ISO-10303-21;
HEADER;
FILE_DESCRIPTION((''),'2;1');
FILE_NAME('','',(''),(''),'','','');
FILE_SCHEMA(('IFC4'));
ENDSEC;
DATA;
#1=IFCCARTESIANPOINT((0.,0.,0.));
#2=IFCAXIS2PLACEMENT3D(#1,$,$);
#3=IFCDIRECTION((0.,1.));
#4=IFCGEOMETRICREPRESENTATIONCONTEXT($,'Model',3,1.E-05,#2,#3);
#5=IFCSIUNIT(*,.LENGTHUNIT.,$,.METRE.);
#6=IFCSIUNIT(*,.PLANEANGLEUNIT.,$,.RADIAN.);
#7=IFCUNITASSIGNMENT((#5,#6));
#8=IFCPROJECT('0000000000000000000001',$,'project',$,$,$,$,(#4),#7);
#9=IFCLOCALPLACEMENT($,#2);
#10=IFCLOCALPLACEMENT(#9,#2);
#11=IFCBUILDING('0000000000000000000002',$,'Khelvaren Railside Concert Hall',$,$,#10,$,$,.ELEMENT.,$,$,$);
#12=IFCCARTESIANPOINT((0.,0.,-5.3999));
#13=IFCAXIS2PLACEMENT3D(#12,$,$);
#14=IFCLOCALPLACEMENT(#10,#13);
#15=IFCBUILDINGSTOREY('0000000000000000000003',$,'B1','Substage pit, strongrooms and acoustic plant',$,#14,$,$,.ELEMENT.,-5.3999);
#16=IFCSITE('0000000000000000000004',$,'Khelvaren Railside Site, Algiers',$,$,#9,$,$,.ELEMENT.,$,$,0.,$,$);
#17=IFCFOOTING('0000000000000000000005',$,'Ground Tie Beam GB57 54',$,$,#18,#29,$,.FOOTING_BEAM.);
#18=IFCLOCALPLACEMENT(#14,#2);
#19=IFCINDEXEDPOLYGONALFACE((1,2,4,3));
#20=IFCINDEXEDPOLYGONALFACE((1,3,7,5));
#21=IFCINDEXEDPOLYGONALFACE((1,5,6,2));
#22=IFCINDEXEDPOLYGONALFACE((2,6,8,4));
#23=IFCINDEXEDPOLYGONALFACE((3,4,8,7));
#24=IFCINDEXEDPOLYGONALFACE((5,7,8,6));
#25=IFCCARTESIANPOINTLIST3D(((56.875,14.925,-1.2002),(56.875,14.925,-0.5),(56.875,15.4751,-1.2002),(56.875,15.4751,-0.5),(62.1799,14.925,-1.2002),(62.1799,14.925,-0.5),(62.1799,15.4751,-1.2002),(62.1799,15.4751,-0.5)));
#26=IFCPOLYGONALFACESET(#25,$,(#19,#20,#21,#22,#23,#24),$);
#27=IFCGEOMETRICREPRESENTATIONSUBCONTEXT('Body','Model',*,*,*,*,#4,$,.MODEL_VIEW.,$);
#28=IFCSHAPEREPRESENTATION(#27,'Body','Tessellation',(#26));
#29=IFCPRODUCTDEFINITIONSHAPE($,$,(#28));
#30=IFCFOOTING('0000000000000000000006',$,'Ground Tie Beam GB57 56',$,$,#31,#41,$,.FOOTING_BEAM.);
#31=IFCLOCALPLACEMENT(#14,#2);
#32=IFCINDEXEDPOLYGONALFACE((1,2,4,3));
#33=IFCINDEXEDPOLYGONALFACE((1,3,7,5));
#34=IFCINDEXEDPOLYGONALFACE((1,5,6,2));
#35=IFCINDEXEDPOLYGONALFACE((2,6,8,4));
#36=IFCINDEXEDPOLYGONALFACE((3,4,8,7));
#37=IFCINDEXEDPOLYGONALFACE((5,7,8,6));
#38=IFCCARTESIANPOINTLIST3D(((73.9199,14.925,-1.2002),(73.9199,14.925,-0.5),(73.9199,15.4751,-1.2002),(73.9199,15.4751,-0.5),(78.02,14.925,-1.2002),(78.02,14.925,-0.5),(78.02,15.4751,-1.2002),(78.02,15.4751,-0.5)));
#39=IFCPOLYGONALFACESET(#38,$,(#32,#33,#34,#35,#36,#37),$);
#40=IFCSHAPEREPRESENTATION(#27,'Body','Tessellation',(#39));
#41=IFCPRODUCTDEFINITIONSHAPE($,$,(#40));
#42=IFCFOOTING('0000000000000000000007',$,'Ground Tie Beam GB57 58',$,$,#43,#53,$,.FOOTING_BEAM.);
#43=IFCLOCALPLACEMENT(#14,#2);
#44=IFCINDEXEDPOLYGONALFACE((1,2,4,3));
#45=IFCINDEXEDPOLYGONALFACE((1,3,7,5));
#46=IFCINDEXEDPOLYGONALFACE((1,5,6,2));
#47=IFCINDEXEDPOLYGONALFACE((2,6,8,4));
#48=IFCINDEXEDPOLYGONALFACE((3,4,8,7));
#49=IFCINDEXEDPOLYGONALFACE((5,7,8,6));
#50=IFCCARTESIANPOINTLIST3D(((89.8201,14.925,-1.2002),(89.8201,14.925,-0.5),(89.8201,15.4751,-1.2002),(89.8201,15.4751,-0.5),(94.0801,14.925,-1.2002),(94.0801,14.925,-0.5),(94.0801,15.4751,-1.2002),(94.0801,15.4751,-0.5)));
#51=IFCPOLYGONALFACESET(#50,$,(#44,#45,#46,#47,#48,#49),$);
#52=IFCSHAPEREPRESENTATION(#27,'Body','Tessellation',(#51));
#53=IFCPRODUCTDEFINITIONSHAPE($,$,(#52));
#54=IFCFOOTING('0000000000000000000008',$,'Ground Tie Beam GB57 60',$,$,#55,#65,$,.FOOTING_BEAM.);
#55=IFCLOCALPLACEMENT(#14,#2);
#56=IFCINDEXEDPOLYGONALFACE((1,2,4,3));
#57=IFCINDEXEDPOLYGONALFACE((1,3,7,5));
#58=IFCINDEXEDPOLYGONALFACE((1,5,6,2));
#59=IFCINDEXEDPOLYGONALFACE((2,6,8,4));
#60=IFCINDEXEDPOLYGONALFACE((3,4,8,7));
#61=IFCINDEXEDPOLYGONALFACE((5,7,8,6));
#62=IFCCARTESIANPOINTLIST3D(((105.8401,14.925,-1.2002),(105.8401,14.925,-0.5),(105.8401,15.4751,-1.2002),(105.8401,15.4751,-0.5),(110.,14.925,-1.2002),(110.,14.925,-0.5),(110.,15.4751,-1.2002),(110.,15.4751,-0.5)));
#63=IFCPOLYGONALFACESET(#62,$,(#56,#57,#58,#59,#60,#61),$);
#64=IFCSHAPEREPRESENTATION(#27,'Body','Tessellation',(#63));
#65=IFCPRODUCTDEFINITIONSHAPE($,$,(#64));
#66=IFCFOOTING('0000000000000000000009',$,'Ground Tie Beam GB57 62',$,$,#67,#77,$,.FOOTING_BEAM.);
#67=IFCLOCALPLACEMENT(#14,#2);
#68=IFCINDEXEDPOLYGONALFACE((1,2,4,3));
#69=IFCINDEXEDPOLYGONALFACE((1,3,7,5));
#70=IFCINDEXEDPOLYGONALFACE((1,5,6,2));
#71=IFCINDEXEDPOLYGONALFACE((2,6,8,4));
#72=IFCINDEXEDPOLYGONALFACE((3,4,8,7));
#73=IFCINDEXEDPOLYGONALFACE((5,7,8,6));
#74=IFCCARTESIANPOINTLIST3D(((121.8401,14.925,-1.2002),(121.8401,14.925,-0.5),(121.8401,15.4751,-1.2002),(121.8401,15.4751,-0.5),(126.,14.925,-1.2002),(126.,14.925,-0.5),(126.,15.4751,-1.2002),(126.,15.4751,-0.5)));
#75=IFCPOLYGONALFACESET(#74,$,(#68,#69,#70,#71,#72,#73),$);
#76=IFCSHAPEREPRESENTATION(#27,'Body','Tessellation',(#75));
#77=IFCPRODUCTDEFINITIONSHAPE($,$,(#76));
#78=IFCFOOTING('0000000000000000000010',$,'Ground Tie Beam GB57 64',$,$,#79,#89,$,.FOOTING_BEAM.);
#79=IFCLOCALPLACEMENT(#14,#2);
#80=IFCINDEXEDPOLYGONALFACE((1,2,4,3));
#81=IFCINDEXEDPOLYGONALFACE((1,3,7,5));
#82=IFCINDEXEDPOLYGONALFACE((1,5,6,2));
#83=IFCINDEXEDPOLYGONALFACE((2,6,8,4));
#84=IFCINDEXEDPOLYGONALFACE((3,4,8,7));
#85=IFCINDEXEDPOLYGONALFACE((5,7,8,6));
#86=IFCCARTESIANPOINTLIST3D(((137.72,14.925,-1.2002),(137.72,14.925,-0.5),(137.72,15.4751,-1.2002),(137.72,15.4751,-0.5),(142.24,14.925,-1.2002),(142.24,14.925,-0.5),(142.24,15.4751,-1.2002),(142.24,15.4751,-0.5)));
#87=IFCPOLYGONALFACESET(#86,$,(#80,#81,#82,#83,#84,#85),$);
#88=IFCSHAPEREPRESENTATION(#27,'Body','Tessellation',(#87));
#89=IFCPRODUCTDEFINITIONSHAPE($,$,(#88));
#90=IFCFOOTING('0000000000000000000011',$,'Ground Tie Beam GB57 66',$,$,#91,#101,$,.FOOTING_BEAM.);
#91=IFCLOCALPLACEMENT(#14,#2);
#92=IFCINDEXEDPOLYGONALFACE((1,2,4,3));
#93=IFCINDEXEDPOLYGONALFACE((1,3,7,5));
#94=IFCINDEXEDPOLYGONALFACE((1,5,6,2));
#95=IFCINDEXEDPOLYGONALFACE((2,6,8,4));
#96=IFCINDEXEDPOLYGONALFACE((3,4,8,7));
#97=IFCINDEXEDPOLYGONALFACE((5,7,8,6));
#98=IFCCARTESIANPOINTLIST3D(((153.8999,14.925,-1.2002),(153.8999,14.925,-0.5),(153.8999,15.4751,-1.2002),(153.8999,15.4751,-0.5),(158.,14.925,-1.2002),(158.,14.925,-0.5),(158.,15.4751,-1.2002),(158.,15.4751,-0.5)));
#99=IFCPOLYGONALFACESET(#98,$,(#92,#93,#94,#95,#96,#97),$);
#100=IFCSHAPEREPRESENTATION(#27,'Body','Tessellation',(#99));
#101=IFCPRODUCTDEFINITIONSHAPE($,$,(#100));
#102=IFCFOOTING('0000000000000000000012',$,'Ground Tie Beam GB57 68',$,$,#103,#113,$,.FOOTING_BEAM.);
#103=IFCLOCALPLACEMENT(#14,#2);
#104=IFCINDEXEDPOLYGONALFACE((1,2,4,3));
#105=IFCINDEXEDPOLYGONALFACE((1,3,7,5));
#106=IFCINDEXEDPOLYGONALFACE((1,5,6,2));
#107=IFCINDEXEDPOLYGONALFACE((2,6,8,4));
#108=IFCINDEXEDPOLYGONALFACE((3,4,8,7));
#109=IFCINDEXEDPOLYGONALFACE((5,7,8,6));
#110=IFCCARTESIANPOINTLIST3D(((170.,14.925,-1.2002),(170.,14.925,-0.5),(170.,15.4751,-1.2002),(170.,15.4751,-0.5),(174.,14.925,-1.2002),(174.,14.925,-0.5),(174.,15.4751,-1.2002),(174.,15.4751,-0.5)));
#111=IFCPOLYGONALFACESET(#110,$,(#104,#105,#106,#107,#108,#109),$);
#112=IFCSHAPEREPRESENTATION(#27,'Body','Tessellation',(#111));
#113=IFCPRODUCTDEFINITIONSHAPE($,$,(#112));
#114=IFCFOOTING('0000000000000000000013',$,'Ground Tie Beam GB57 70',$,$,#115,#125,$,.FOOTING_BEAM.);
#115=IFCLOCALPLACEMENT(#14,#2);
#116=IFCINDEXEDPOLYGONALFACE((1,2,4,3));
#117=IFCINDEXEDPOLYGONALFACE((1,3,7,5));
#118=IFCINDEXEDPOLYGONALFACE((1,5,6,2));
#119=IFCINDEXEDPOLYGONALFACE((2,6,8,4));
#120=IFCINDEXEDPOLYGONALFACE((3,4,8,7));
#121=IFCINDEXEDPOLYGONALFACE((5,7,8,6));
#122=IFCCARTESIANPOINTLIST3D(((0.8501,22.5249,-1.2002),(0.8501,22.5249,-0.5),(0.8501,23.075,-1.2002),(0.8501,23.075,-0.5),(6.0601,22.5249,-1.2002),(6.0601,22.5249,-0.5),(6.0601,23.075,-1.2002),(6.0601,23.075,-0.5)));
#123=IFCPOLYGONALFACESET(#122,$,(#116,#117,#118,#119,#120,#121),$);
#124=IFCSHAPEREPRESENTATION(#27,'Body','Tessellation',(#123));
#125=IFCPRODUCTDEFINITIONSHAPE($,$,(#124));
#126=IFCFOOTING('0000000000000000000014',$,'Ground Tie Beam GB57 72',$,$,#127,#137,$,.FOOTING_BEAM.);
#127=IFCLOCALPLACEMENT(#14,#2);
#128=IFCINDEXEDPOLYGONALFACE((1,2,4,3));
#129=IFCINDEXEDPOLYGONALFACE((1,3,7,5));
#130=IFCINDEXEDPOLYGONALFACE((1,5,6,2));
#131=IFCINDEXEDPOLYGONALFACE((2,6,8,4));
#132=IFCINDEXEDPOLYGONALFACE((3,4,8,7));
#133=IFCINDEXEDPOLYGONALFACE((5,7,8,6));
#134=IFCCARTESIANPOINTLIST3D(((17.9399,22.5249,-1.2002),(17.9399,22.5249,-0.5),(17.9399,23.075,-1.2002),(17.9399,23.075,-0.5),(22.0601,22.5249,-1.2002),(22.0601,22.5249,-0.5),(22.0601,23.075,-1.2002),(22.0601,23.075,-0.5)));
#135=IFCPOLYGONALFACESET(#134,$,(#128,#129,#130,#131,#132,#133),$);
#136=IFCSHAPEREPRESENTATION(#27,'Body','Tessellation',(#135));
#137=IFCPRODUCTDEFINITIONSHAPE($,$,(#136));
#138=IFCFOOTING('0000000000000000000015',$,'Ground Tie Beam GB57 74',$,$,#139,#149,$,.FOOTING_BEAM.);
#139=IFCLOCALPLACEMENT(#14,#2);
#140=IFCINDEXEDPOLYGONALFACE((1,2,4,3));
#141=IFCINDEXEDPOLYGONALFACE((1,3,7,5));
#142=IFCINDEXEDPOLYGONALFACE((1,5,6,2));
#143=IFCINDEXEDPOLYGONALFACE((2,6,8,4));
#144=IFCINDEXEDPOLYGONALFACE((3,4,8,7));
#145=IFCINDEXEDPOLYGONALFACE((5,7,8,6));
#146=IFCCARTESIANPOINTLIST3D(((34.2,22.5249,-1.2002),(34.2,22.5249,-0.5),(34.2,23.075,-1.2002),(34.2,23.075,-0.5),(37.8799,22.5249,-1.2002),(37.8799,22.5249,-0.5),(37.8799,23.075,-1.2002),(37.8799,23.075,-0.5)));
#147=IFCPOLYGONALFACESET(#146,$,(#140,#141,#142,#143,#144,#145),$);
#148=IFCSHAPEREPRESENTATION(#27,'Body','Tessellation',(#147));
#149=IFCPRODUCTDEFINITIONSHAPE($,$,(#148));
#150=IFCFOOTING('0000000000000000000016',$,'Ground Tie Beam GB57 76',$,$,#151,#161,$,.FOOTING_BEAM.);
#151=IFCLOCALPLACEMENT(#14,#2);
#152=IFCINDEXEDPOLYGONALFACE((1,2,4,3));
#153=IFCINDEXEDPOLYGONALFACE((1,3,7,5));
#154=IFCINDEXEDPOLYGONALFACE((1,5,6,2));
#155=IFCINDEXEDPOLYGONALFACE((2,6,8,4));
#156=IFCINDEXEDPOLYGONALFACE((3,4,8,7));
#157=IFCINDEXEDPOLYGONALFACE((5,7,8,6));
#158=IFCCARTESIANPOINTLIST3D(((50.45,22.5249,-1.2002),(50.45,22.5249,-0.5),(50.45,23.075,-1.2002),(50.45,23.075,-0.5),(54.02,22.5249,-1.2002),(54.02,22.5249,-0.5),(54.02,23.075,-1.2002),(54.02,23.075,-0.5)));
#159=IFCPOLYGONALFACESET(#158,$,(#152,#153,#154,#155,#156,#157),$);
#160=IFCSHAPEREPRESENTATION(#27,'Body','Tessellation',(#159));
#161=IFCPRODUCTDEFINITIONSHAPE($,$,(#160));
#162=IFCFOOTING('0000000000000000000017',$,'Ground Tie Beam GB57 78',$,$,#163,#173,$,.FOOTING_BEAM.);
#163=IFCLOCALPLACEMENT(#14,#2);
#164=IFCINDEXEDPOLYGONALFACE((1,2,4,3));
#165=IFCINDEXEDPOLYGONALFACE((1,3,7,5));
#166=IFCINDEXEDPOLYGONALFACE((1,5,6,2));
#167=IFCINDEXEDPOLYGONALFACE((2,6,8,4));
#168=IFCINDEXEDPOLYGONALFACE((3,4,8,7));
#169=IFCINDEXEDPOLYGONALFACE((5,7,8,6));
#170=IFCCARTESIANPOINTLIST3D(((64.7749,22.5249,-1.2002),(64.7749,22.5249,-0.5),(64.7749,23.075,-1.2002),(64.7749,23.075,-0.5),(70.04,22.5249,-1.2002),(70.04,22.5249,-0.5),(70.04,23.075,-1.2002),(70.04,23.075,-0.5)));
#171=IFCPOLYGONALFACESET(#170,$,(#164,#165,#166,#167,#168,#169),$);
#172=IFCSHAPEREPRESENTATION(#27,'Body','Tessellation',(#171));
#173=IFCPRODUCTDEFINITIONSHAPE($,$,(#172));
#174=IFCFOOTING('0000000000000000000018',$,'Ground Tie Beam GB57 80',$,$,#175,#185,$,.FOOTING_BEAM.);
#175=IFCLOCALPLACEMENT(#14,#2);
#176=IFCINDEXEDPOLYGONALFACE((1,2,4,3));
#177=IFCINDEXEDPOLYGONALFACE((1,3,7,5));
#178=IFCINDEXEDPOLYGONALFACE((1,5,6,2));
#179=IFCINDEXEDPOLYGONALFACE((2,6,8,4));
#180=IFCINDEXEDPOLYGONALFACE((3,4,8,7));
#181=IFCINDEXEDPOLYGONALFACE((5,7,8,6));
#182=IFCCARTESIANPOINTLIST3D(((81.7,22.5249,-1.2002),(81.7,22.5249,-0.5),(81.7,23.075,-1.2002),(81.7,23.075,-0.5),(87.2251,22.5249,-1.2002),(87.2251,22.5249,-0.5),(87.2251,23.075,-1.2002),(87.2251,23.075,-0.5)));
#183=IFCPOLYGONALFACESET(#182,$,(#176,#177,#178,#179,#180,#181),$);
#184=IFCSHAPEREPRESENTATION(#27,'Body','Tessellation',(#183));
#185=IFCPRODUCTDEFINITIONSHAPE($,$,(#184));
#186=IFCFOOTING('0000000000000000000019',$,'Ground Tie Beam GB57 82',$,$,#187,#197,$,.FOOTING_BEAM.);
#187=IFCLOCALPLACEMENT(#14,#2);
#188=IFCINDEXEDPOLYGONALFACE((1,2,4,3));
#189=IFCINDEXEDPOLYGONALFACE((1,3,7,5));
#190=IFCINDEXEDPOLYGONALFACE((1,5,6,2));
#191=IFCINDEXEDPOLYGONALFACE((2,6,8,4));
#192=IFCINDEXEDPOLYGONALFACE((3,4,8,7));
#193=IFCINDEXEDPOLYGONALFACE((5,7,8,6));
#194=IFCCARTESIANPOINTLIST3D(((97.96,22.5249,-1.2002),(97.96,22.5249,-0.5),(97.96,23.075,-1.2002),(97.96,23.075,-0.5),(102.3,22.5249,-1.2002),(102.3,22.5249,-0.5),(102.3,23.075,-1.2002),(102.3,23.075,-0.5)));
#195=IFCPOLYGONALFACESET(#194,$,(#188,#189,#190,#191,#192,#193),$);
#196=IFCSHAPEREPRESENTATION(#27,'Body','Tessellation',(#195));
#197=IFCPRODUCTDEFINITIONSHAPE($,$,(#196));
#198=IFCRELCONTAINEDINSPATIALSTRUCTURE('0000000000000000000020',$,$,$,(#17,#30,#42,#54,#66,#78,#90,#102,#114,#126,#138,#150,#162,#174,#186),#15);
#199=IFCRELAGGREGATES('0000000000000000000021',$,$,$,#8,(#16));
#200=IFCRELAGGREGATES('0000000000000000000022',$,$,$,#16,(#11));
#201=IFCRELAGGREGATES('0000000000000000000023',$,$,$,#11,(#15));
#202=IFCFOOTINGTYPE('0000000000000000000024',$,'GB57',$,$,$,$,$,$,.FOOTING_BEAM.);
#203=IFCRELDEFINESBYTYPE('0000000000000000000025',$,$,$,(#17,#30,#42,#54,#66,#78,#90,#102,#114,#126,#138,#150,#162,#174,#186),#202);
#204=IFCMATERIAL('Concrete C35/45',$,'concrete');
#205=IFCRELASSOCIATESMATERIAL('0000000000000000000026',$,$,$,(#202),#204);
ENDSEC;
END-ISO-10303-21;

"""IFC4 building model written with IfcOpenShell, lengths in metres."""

from ifc_helpers import new_model, si_unit, direction, frame, origin, place, context, subcontext, project, spatial, polyline, outline, extrude, material, type_object, element, save


model = new_model("IFC4")

# Units and contexts
model_context = context("Model", 3, precision=1e-05, world=origin(), true_north=direction((0.0, 1.0)))
body_context = subcontext(model_context, "Body", "Model", "MODEL_VIEW")
ifc_project = project(units=[si_unit("LENGTHUNIT", "METRE"), si_unit("PLANEANGLEUNIT", "RADIAN")], contexts=[model_context])

# Site, building, storey
site_placement = place(None, origin())
site = spatial("IfcSite", under=ifc_project, at=site_placement, Name="Khelvaren Railside Site, Algiers", CompositionType="ELEMENT", RefElevation=0.0)
building_placement = place(site_placement, origin())
building = spatial("IfcBuilding", under=site, at=building_placement, Name="Khelvaren Railside Concert Hall", CompositionType="ELEMENT")
storey_placement = place(building_placement, frame((0.0, 0.0, -5.3999)))
storey = spatial("IfcBuildingStorey", under=building, at=storey_placement, Name="B1", Description="Substage pit, strongrooms and acoustic plant", CompositionType="ELEMENT", Elevation=-5.3999)

# Footings
ifc_material = material(Name="Concrete C35/45", Category="concrete")
footing_type = type_object("IfcFootingType", Name="GB57", PredefinedType="FOOTING_BEAM", material=ifc_material)
footing_1_placement = place(storey_placement, frame((0.0, 0.0, -1.2002)))
element("IfcFooting", 1, at=footing_1_placement, inside=storey, type_object=footing_type, Name="Ground Tie Beam GB57 54", PredefinedType="FOOTING_BEAM", context=body_context, shape_type="SweptSolid", body=[
    extrude(outline(polyline([(56.875, 14.925), (62.1799, 14.925), (62.1799, 15.4751), (56.875, 15.4751), (56.875, 14.925)])), origin(), (0.0, 0.0, 1.0), 0.7002),
])
footing_2_placement = place(storey_placement, frame((0.0, 0.0, -1.2002)))
element("IfcFooting", 2, at=footing_2_placement, inside=storey, type_object=footing_type, Name="Ground Tie Beam GB57 56", PredefinedType="FOOTING_BEAM", context=body_context, shape_type="SweptSolid", body=[
    extrude(outline(polyline([(73.9199, 14.925), (78.02, 14.925), (78.02, 15.4751), (73.9199, 15.4751), (73.9199, 14.925)])), origin(), (0.0, 0.0, 1.0), 0.7002),
])
footing_3_placement = place(storey_placement, frame((0.0, 0.0, -1.2002)))
element("IfcFooting", 3, at=footing_3_placement, inside=storey, type_object=footing_type, Name="Ground Tie Beam GB57 58", PredefinedType="FOOTING_BEAM", context=body_context, shape_type="SweptSolid", body=[
    extrude(outline(polyline([(89.8201, 14.925), (94.0801, 14.925), (94.0801, 15.4751), (89.8201, 15.4751), (89.8201, 14.925)])), origin(), (0.0, 0.0, 1.0), 0.7002),
])
footing_4_placement = place(storey_placement, frame((0.0, 0.0, -1.2002)))
element("IfcFooting", 4, at=footing_4_placement, inside=storey, type_object=footing_type, Name="Ground Tie Beam GB57 60", PredefinedType="FOOTING_BEAM", context=body_context, shape_type="SweptSolid", body=[
    extrude(outline(polyline([(105.8401, 14.925), (110.0, 14.925), (110.0, 15.4751), (105.8401, 15.4751), (105.8401, 14.925)])), origin(), (0.0, 0.0, 1.0), 0.7002),
])
footing_5_placement = place(storey_placement, frame((0.0, 0.0, -1.2002)))
element("IfcFooting", 5, at=footing_5_placement, inside=storey, type_object=footing_type, Name="Ground Tie Beam GB57 62", PredefinedType="FOOTING_BEAM", context=body_context, shape_type="SweptSolid", body=[
    extrude(outline(polyline([(121.8401, 14.925), (126.0, 14.925), (126.0, 15.4751), (121.8401, 15.4751), (121.8401, 14.925)])), origin(), (0.0, 0.0, 1.0), 0.7002),
])
footing_6_placement = place(storey_placement, frame((0.0, 0.0, -1.2002)))
element("IfcFooting", 6, at=footing_6_placement, inside=storey, type_object=footing_type, Name="Ground Tie Beam GB57 64", PredefinedType="FOOTING_BEAM", context=body_context, shape_type="SweptSolid", body=[
    extrude(outline(polyline([(137.72, 14.925), (142.24, 14.925), (142.24, 15.4751), (137.72, 15.4751), (137.72, 14.925)])), origin(), (0.0, 0.0, 1.0), 0.7002),
])
footing_7_placement = place(storey_placement, frame((0.0, 0.0, -1.2002)))
element("IfcFooting", 7, at=footing_7_placement, inside=storey, type_object=footing_type, Name="Ground Tie Beam GB57 66", PredefinedType="FOOTING_BEAM", context=body_context, shape_type="SweptSolid", body=[
    extrude(outline(polyline([(153.8999, 14.925), (158.0, 14.925), (158.0, 15.4751), (153.8999, 15.4751), (153.8999, 14.925)])), origin(), (0.0, 0.0, 1.0), 0.7002),
])
footing_8_placement = place(storey_placement, frame((0.0, 0.0, -1.2002)))
element("IfcFooting", 8, at=footing_8_placement, inside=storey, type_object=footing_type, Name="Ground Tie Beam GB57 68", PredefinedType="FOOTING_BEAM", context=body_context, shape_type="SweptSolid", body=[
    extrude(outline(polyline([(170.0, 14.925), (174.0, 14.925), (174.0, 15.4751), (170.0, 15.4751), (170.0, 14.925)])), origin(), (0.0, 0.0, 1.0), 0.7002),
])
footing_9_placement = place(storey_placement, frame((0.0, 0.0, -1.2002)))
element("IfcFooting", 9, at=footing_9_placement, inside=storey, type_object=footing_type, Name="Ground Tie Beam GB57 70", PredefinedType="FOOTING_BEAM", context=body_context, shape_type="SweptSolid", body=[
    extrude(outline(polyline([(0.8501, 22.5249), (6.0601, 22.5249), (6.0601, 23.075), (0.8501, 23.075), (0.8501, 22.5249)])), origin(), (0.0, 0.0, 1.0), 0.7002),
])
footing_10_placement = place(storey_placement, frame((0.0, 0.0, -1.2002)))
element("IfcFooting", 10, at=footing_10_placement, inside=storey, type_object=footing_type, Name="Ground Tie Beam GB57 72", PredefinedType="FOOTING_BEAM", context=body_context, shape_type="SweptSolid", body=[
    extrude(outline(polyline([(17.9399, 22.5249), (22.0601, 22.5249), (22.0601, 23.075), (17.9399, 23.075), (17.9399, 22.5249)])), origin(), (0.0, 0.0, 1.0), 0.7002),
])
footing_11_placement = place(storey_placement, frame((0.0, 0.0, -1.2002)))
element("IfcFooting", 11, at=footing_11_placement, inside=storey, type_object=footing_type, Name="Ground Tie Beam GB57 74", PredefinedType="FOOTING_BEAM", context=body_context, shape_type="SweptSolid", body=[
    extrude(outline(polyline([(34.2, 22.5249), (37.8799, 22.5249), (37.8799, 23.075), (34.2, 23.075), (34.2, 22.5249)])), origin(), (0.0, 0.0, 1.0), 0.7002),
])
footing_12_placement = place(storey_placement, frame((0.0, 0.0, -1.2002)))
element("IfcFooting", 12, at=footing_12_placement, inside=storey, type_object=footing_type, Name="Ground Tie Beam GB57 76", PredefinedType="FOOTING_BEAM", context=body_context, shape_type="SweptSolid", body=[
    extrude(outline(polyline([(50.45, 22.5249), (54.02, 22.5249), (54.02, 23.075), (50.45, 23.075), (50.45, 22.5249)])), origin(), (0.0, 0.0, 1.0), 0.7002),
])
footing_13_placement = place(storey_placement, frame((0.0, 0.0, -1.2002)))
element("IfcFooting", 13, at=footing_13_placement, inside=storey, type_object=footing_type, Name="Ground Tie Beam GB57 78", PredefinedType="FOOTING_BEAM", context=body_context, shape_type="SweptSolid", body=[
    extrude(outline(polyline([(64.7749, 22.5249), (70.04, 22.5249), (70.04, 23.075), (64.7749, 23.075), (64.7749, 22.5249)])), origin(), (0.0, 0.0, 1.0), 0.7002),
])
footing_14_placement = place(storey_placement, frame((0.0, 0.0, -1.2002)))
element("IfcFooting", 14, at=footing_14_placement, inside=storey, type_object=footing_type, Name="Ground Tie Beam GB57 80", PredefinedType="FOOTING_BEAM", context=body_context, shape_type="SweptSolid", body=[
    extrude(outline(polyline([(81.7, 22.5249), (87.2251, 22.5249), (87.2251, 23.075), (81.7, 23.075), (81.7, 22.5249)])), origin(), (0.0, 0.0, 1.0), 0.7002),
])
footing_15_placement = place(storey_placement, frame((0.0, 0.0, -1.2002)))
element("IfcFooting", 15, at=footing_15_placement, inside=storey, type_object=footing_type, Name="Ground Tie Beam GB57 82", PredefinedType="FOOTING_BEAM", context=body_context, shape_type="SweptSolid", body=[
    extrude(outline(polyline([(97.96, 22.5249), (102.3, 22.5249), (102.3, 23.075), (97.96, 23.075), (97.96, 22.5249)])), origin(), (0.0, 0.0, 1.0), 0.7002),
])

save(model, "model.ifc")
